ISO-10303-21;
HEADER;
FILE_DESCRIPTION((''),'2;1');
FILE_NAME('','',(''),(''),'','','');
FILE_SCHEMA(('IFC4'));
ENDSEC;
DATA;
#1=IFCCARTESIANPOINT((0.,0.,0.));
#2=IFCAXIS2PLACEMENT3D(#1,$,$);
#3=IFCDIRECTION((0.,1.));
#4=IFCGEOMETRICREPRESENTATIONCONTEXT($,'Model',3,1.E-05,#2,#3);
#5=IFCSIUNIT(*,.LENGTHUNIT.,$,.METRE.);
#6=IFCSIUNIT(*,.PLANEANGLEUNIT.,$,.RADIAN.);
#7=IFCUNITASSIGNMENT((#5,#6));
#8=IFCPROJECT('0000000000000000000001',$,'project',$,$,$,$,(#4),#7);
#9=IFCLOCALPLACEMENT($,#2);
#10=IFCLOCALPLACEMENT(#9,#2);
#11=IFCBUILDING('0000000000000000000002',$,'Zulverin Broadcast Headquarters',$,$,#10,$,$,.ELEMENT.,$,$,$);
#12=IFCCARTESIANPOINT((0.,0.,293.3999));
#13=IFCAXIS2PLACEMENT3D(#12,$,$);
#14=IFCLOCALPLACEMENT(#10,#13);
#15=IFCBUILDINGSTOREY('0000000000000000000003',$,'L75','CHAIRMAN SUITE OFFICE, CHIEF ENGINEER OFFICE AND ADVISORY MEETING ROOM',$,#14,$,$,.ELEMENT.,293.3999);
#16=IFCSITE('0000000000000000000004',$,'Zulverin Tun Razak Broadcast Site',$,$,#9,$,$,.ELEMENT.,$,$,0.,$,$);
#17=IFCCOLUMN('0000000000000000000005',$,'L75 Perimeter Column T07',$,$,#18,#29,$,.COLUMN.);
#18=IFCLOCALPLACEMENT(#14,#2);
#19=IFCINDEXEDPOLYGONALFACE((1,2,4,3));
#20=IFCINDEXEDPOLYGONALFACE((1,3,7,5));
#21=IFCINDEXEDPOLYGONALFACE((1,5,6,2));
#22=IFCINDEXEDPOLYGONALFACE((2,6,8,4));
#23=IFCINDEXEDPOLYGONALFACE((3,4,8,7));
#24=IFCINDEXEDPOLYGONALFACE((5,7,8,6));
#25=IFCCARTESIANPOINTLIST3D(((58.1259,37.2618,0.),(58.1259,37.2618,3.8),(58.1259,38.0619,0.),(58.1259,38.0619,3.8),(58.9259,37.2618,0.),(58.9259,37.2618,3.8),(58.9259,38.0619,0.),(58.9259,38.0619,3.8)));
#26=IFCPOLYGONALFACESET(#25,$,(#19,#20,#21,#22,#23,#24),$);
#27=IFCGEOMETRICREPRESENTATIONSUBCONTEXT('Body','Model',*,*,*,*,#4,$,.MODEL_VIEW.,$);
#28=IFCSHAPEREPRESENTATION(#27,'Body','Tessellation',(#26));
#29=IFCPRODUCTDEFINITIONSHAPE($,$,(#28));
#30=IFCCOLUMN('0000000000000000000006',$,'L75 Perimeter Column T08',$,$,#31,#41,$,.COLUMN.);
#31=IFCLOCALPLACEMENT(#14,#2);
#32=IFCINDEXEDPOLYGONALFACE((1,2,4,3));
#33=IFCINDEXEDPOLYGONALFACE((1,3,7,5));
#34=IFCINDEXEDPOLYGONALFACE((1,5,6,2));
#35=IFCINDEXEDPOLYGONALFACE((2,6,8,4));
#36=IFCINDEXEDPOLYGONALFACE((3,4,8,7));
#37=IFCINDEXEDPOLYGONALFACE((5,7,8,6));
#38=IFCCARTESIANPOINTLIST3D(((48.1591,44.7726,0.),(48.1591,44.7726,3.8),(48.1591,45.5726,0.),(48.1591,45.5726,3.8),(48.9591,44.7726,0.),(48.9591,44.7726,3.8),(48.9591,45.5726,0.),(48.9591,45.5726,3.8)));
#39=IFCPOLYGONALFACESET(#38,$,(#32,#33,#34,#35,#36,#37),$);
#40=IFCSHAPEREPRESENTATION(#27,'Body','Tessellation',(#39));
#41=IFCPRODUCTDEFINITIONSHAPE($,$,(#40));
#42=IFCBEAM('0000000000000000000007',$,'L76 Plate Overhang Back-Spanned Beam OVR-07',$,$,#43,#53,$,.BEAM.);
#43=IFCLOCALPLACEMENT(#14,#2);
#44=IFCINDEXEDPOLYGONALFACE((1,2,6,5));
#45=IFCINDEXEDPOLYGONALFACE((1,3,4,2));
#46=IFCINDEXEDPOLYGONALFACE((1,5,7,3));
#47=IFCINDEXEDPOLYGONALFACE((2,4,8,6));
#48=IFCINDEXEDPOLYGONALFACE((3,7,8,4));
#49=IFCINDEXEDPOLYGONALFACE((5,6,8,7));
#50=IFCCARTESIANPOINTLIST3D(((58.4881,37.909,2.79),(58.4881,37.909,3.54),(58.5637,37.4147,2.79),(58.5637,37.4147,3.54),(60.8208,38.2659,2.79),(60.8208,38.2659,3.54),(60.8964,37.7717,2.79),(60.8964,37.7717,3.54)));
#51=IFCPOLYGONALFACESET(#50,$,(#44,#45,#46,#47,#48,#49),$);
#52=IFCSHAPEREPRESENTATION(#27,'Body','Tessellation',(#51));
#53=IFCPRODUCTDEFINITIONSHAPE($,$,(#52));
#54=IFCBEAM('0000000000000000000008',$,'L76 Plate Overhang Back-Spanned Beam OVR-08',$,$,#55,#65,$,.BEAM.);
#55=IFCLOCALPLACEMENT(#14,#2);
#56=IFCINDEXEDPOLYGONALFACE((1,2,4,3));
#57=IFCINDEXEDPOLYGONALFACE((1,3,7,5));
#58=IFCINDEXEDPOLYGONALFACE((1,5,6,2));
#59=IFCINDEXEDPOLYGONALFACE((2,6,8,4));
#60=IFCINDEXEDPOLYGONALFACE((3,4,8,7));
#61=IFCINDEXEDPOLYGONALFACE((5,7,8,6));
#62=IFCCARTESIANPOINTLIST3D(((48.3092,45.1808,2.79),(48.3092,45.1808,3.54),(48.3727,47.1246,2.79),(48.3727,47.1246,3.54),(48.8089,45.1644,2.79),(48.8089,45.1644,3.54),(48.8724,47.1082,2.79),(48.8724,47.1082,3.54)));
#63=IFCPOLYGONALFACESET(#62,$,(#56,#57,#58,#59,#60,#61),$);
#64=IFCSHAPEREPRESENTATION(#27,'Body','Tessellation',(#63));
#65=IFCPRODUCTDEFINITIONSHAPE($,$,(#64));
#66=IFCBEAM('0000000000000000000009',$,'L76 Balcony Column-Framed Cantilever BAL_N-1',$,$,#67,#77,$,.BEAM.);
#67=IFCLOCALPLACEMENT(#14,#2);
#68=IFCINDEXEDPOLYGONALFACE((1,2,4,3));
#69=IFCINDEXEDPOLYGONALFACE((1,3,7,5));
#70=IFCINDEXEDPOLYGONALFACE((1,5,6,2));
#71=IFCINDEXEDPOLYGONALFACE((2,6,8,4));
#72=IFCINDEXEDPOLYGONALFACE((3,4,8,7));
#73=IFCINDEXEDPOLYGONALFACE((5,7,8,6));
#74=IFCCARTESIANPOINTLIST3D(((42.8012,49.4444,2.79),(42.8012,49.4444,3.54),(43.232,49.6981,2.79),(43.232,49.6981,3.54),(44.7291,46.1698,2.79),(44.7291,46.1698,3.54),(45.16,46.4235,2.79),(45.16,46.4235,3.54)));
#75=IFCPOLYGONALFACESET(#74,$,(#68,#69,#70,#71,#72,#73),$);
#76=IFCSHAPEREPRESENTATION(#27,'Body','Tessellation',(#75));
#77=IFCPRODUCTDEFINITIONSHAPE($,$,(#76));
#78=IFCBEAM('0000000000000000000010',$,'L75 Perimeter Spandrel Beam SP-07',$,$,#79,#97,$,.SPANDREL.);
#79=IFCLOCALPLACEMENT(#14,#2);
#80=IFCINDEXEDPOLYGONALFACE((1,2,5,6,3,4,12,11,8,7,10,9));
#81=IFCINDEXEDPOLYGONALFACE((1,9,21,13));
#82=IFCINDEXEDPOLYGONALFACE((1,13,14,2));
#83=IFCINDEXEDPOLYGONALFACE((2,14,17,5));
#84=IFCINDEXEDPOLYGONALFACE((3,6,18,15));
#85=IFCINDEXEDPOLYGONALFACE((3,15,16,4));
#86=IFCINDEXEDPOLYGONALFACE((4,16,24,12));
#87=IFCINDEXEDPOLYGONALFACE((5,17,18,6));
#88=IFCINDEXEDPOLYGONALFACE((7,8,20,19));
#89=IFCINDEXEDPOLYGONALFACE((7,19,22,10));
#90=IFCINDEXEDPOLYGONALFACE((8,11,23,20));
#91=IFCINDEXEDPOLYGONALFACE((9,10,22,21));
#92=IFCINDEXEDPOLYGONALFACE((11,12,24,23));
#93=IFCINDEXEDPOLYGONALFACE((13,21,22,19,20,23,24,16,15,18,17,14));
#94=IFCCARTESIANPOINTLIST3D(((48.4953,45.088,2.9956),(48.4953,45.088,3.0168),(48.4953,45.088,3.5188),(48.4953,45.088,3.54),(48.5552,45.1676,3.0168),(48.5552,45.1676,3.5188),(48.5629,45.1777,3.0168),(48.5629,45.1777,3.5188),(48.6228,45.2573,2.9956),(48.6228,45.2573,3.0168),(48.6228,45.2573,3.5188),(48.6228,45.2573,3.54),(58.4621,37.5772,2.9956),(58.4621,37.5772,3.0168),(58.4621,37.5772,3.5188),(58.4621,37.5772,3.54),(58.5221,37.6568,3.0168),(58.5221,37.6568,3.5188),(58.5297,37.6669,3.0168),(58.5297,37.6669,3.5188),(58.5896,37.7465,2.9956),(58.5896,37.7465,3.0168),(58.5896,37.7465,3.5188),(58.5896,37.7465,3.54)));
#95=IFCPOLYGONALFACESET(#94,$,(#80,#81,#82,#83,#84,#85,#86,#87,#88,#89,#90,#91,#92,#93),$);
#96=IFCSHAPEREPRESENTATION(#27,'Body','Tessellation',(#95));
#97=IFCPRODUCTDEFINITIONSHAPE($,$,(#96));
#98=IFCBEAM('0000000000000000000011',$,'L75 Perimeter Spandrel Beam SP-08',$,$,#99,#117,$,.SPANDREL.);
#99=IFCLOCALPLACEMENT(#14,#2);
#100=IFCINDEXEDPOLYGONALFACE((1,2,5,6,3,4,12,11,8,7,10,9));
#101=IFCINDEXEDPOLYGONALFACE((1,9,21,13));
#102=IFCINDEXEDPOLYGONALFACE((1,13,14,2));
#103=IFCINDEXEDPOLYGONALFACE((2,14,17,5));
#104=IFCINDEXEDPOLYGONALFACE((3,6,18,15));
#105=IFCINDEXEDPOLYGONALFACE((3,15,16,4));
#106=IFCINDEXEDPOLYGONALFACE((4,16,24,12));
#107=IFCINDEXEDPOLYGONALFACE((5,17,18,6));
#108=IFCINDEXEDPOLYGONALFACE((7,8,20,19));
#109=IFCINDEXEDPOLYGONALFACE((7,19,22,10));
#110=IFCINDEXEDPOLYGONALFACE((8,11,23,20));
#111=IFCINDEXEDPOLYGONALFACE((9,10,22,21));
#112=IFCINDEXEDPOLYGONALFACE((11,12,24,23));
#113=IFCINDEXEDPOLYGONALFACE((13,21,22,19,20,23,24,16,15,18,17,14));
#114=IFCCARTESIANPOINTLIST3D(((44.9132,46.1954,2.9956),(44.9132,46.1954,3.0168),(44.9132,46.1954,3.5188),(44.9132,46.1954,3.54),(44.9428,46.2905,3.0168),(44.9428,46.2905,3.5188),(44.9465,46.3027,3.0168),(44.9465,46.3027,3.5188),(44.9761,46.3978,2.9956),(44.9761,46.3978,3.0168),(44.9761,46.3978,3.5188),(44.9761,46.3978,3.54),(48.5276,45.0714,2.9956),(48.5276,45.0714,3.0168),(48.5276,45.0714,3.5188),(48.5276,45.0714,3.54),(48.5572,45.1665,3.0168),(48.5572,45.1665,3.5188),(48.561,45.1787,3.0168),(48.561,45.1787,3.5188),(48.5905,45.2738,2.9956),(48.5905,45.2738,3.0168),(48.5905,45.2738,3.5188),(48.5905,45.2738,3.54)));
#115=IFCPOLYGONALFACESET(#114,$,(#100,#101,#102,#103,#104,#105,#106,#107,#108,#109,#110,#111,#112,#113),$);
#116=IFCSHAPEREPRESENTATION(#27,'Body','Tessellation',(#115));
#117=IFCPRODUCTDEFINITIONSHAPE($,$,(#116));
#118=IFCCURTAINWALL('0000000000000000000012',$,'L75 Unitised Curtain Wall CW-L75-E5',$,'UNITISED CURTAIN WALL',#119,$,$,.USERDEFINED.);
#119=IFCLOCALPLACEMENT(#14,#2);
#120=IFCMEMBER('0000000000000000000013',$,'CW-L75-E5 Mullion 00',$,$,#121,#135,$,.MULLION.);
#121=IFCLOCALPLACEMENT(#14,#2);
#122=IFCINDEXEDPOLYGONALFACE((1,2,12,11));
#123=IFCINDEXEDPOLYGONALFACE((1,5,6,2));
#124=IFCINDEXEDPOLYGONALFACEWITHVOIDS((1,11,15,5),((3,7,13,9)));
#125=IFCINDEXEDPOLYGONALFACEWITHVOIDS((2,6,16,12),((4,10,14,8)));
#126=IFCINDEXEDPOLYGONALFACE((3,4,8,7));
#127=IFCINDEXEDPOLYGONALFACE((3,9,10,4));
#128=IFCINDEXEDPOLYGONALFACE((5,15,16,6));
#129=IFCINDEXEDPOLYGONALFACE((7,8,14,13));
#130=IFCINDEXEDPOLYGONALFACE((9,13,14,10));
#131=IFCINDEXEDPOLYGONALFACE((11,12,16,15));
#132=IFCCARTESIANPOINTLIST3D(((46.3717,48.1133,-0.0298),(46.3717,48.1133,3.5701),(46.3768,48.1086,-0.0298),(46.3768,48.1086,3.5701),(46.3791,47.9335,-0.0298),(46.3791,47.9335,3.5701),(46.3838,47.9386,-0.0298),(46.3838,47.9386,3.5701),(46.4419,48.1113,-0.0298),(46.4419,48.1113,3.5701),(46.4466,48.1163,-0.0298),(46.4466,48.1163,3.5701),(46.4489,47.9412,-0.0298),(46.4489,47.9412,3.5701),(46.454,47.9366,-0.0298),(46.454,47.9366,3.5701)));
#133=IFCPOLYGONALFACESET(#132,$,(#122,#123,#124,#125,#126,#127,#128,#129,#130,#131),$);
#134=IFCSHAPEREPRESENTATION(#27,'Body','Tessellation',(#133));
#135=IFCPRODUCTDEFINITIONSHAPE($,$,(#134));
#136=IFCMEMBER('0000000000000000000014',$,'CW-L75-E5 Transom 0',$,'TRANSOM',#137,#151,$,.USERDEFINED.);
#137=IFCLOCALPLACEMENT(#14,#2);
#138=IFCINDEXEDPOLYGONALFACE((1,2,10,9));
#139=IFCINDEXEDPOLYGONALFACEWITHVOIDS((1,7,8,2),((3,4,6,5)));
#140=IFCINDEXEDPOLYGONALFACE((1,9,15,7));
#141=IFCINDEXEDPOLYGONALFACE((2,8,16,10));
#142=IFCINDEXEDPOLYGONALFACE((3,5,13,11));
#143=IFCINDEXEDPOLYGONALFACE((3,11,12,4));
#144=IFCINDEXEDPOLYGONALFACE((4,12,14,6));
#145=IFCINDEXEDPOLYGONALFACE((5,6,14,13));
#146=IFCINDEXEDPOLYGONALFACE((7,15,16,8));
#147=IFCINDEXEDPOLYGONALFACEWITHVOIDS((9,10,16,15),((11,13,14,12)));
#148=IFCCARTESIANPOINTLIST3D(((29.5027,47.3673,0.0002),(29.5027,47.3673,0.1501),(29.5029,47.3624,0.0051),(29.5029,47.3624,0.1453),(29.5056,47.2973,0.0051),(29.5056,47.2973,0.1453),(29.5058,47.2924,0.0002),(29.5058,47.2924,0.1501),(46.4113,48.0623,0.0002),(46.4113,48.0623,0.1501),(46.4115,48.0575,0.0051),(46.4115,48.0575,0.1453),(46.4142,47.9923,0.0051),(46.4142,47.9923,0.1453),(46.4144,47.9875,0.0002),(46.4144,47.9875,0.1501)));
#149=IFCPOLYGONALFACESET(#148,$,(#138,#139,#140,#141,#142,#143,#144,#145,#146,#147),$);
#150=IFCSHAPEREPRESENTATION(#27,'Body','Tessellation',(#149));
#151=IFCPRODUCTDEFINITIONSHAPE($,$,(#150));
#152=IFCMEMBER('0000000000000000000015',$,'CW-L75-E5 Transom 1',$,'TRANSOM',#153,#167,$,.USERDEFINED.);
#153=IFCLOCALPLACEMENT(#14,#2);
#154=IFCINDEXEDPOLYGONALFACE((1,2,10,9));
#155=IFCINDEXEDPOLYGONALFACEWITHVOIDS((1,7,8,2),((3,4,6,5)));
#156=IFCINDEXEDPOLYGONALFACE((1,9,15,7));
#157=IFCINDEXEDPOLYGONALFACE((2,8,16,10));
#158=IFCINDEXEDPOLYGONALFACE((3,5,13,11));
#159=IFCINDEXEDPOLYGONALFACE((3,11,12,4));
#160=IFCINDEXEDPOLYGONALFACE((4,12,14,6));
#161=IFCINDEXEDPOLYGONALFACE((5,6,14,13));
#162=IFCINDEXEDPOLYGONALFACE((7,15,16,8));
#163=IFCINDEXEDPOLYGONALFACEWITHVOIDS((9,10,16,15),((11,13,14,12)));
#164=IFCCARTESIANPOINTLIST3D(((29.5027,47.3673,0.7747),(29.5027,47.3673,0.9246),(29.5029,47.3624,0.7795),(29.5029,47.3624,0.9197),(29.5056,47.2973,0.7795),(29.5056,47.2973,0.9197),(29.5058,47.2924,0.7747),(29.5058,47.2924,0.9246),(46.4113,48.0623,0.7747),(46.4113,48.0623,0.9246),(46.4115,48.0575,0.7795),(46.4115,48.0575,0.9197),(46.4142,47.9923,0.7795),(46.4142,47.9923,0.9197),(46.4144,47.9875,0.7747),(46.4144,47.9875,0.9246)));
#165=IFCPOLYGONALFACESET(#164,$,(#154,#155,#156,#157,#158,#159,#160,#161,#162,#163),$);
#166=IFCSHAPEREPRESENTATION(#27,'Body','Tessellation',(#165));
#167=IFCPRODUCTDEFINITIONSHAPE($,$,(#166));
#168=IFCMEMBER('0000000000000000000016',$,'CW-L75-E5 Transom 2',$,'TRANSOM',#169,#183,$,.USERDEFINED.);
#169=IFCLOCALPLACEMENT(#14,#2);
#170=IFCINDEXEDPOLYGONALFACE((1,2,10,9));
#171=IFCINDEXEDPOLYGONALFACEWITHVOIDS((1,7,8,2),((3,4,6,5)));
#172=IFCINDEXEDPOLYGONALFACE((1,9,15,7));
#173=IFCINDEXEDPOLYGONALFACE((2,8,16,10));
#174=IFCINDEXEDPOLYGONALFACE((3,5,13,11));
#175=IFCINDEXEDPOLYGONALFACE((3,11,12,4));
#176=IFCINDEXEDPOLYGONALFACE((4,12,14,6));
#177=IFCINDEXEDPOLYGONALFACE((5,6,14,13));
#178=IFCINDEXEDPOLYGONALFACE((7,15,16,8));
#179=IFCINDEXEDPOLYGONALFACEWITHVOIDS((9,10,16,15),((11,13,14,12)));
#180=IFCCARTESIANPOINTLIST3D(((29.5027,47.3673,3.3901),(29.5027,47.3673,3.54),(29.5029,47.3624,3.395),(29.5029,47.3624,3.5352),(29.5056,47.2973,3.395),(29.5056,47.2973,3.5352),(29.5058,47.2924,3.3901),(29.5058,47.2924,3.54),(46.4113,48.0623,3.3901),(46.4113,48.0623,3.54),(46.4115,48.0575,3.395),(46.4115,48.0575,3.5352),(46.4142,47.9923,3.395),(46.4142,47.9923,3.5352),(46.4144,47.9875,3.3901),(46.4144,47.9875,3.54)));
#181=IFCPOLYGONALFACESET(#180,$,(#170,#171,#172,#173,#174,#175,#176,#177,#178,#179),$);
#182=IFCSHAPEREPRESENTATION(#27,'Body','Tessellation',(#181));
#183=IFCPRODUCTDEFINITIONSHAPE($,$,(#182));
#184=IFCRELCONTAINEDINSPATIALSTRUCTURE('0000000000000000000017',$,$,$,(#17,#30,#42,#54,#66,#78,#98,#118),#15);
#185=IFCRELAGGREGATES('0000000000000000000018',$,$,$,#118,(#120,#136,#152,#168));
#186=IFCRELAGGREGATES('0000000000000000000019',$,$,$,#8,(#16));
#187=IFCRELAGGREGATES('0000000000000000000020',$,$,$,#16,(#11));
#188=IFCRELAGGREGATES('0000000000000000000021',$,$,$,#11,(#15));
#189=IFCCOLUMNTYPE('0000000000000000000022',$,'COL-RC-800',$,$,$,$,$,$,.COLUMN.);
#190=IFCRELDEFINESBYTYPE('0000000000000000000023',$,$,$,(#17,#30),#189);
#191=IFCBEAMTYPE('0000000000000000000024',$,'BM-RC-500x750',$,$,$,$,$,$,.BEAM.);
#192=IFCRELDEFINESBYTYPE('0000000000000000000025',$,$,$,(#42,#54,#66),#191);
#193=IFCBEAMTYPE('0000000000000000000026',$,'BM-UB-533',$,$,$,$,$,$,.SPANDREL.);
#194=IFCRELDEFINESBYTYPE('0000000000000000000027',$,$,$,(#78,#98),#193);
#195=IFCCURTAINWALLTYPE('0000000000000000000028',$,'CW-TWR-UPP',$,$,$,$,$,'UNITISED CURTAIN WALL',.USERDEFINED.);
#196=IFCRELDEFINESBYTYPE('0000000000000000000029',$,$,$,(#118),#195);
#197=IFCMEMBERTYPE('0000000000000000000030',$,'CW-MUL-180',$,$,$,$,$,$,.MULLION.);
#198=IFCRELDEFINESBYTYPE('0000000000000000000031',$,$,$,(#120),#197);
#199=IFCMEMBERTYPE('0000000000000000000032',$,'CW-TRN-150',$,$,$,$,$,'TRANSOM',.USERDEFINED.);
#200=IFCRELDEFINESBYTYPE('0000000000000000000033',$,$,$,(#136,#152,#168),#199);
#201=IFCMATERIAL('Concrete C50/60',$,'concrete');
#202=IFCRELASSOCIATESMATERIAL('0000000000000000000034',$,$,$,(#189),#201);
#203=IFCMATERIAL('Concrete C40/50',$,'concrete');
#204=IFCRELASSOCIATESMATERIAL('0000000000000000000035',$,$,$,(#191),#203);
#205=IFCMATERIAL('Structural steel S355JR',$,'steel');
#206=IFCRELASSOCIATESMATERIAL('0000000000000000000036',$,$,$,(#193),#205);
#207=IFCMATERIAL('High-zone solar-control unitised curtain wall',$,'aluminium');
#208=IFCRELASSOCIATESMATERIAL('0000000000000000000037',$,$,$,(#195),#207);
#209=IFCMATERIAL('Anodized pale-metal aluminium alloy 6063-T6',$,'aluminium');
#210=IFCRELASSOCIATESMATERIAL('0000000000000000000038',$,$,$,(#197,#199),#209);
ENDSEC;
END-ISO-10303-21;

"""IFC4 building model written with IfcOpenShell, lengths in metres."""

from ifc_helpers import new_model, si_unit, direction, frame, origin, origin_2d, place, context, subcontext, project, spatial, rectangle, hollow_rectangle, i_section, extrude, material, material_profile, profile_set, type_object, element, aggregate, save


model = new_model("IFC4")

# Units and contexts
model_context = context("Model", 3, precision=1e-05, world=origin(), true_north=direction((0.0, 1.0)))
body_context = subcontext(model_context, "Body", "Model", "MODEL_VIEW")
ifc_project = project(units=[si_unit("LENGTHUNIT", "METRE"), si_unit("PLANEANGLEUNIT", "RADIAN")], contexts=[model_context])

# Site, building, storey
site_placement = place(None, origin())
site = spatial("IfcSite", under=ifc_project, at=site_placement, Name="Zulverin Tun Razak Broadcast Site", CompositionType="ELEMENT", RefElevation=0.0)
building_placement = place(site_placement, origin())
building = spatial("IfcBuilding", under=site, at=building_placement, Name="Zulverin Broadcast Headquarters", CompositionType="ELEMENT")
storey_placement = place(building_placement, frame((0.0, 0.0, 293.3999)))
storey = spatial("IfcBuildingStorey", under=building, at=storey_placement, Name="L75", Description="CHAIRMAN SUITE OFFICE, CHIEF ENGINEER OFFICE AND ADVISORY MEETING ROOM", CompositionType="ELEMENT", Elevation=293.3999)

# Columns
ifc_material_1 = material(Name="Concrete C50/60", Category="concrete")
ifc_material_profile_1 = material_profile(ifc_material_1, rectangle(XDim=0.8, YDim=0.8, at=origin_2d()), Name="Concrete C50/60", Category="concrete")
ifc_profile_set_1 = profile_set([ifc_material_profile_1], Name="Concrete C50/60")
column_type = type_object("IfcColumnType", Name="COL-RC-800", PredefinedType="COLUMN", material=ifc_profile_set_1)
for number, where, z_axis, x_axis, name in (
    (1, (58.5259, 37.6619, 0.0), (0.0, 0.0, 1.0), (1.0, 0.0, 0.0), "L75 Perimeter Column T07"),
    (2, (48.5591, 45.1726, 0.0), (0.0, 0.0, 1.0), (1.0, 0.0, 0.0), "L75 Perimeter Column T08"),
):
    element("IfcColumn", number, at=place(storey_placement, frame(where, z_axis=z_axis, x_axis=x_axis)), inside=storey, type_object=column_type, Name=name, PredefinedType="COLUMN", context=body_context, shape_type="SweptSolid", body=[
        extrude(rectangle(XDim=0.8, YDim=0.8, at=origin_2d()), origin(), (0.0, 0.0, 1.0), 3.8),
    ])

# Beams
ifc_material_2 = material(Name="Concrete C40/50", Category="concrete")
ifc_material_profile_2 = material_profile(ifc_material_2, rectangle(XDim=0.5, YDim=0.75, at=origin_2d()), Name="Concrete C40/50", Category="concrete")
ifc_profile_set_2 = profile_set([ifc_material_profile_2], Name="Concrete C40/50")
beam_type_1 = type_object("IfcBeamType", Name="BM-RC-500x750", PredefinedType="BEAM", material=ifc_profile_set_2)
beam_1_placement = place(storey_placement, frame((58.5259, 37.6619, 3.165), z_axis=(0.988496, 0.151249, 0.0), x_axis=(-0.151249, 0.988496, 0.0)))
element("IfcBeam", 3, at=beam_1_placement, inside=storey, type_object=beam_type_1, Name="L76 Plate Overhang Back-Spanned Beam OVR-07", PredefinedType="BEAM", context=body_context, shape_type="SweptSolid", body=[
    extrude(rectangle(XDim=0.5, YDim=0.75, at=origin_2d()), origin(), (0.0, 0.0, 1.0), 2.3599),
])
beam_2_placement = place(storey_placement, frame((48.5591, 45.1726, 3.165), z_axis=(0.032638, 0.999467, 0.0), x_axis=(-0.999467, 0.032638, 0.0)))
element("IfcBeam", 4, at=beam_2_placement, inside=storey, type_object=beam_type_1, Name="L76 Plate Overhang Back-Spanned Beam OVR-08", PredefinedType="BEAM", context=body_context, shape_type="SweptSolid", body=[
    extrude(rectangle(XDim=0.5, YDim=0.75, at=origin_2d()), origin(), (0.0, 0.0, 1.0), 1.9448),
])
beam_3_placement = place(storey_placement, frame((44.9446, 46.2966, 3.165), z_axis=(-0.507354, 0.861738, 0.0), x_axis=(-0.861738, -0.507354, 0.0)))
element("IfcBeam", 5, at=beam_3_placement, inside=storey, type_object=beam_type_1, Name="L76 Balcony Column-Framed Cantilever BAL_N-1", PredefinedType="BEAM", context=body_context, shape_type="SweptSolid", body=[
    extrude(rectangle(XDim=0.5, YDim=0.75, at=origin_2d()), origin(), (0.0, 0.0, 1.0), 3.8),
])
ifc_material_3 = material(Name="Structural steel S355JR", Category="steel")
ifc_material_profile_3 = material_profile(ifc_material_3, i_section(OverallWidth=0.2119, OverallDepth=0.5444, WebThickness=0.0127, FlangeThickness=0.0212, at=origin_2d()), Name="Structural steel S355JR", Category="steel")
ifc_profile_set_3 = profile_set([ifc_material_profile_3], Name="Structural steel S355JR")
beam_type_2 = type_object("IfcBeamType", Name="BM-UB-533", PredefinedType="SPANDREL", material=ifc_profile_set_3)
beam_4_placement = place(storey_placement, frame((58.5259, 37.6619, 3.2678), z_axis=(-0.798627, 0.601826, 0.0), x_axis=(-0.601826, -0.798627, 0.0)))
element("IfcBeam", 6, at=beam_4_placement, inside=storey, type_object=beam_type_2, Name="L75 Perimeter Spandrel Beam SP-07", PredefinedType="SPANDREL", context=body_context, shape_type="SweptSolid", body=[
    extrude(i_section(OverallWidth=0.2119, OverallDepth=0.5444, WebThickness=0.0127, FlangeThickness=0.0212, at=origin_2d()), origin(), (0.0, 0.0, 1.0), 12.48),
])
beam_5_placement = place(storey_placement, frame((48.5591, 45.1726, 3.2678), z_axis=(-0.954893, 0.296949, 0.0), x_axis=(-0.296949, -0.954893, 0.0)))
element("IfcBeam", 7, at=beam_5_placement, inside=storey, type_object=beam_type_2, Name="L75 Perimeter Spandrel Beam SP-08", PredefinedType="SPANDREL", context=body_context, shape_type="SweptSolid", body=[
    extrude(i_section(OverallWidth=0.2119, OverallDepth=0.5444, WebThickness=0.0127, FlangeThickness=0.0212, at=origin_2d()), origin(), (0.0, 0.0, 1.0), 3.7852),
])

# Curtain wall, members
ifc_material_4 = material(Name="High-zone solar-control unitised curtain wall", Category="aluminium")
curtain_wall_type = type_object("IfcCurtainWallType", Name="CW-TWR-UPP", ElementType="UNITISED CURTAIN WALL", PredefinedType="USERDEFINED", material=ifc_material_4)
curtain_wall_placement = place(storey_placement, origin())
curtain_wall = element("IfcCurtainWall", 8, at=curtain_wall_placement, inside=storey, type_object=curtain_wall_type, Name="L75 Unitised Curtain Wall CW-L75-E5", ObjectType="UNITISED CURTAIN WALL", PredefinedType="USERDEFINED")
ifc_material_5 = material(Name="Anodized pale-metal aluminium alloy 6063-T6", Category="aluminium")
ifc_material_profile_4 = material_profile(ifc_material_5, hollow_rectangle(XDim=0.075, YDim=0.1799, WallThickness=0.0049, at=origin_2d()), Name="Anodized pale-metal aluminium alloy 6063-T6", Category="aluminium")
ifc_profile_set_4 = profile_set([ifc_material_profile_4], Name="Anodized pale-metal aluminium alloy 6063-T6")
member_type_1 = type_object("IfcMemberType", Name="CW-MUL-180", PredefinedType="MULLION", material=ifc_profile_set_4)
member_1_placement = place(storey_placement, frame((46.4128, 48.0249, -0.0298), z_axis=(0.0, 0.0, 1.0), x_axis=(-0.999156, -0.041068, 0.0)))
member_1 = element("IfcMember", 9, at=member_1_placement, type_object=member_type_1, Name="CW-L75-E5 Mullion 00", PredefinedType="MULLION", context=body_context, shape_type="SweptSolid", body=[
    extrude(hollow_rectangle(XDim=0.075, YDim=0.1799, WallThickness=0.0049, at=origin_2d()), origin(), (0.0, 0.0, 1.0), 3.5999),
])
ifc_material_profile_5 = material_profile(ifc_material_5, hollow_rectangle(XDim=0.075, YDim=0.1499, WallThickness=0.0049, at=origin_2d()), Name="Anodized pale-metal aluminium alloy 6063-T6", Category="aluminium")
ifc_profile_set_5 = profile_set([ifc_material_profile_5], Name="Anodized pale-metal aluminium alloy 6063-T6")
member_type_2 = type_object("IfcMemberType", Name="CW-TRN-150", ElementType="TRANSOM", PredefinedType="USERDEFINED", material=ifc_profile_set_5)
member_2_placement = place(storey_placement, frame((46.4128, 48.0249, 0.0752), z_axis=(-0.999156, -0.041072, 0.0), x_axis=(0.041072, -0.999156, 0.0)))
member_2 = element("IfcMember", 10, at=member_2_placement, type_object=member_type_2, Name="CW-L75-E5 Transom 0", ObjectType="TRANSOM", PredefinedType="USERDEFINED", context=body_context, shape_type="SweptSolid", body=[
    extrude(hollow_rectangle(XDim=0.075, YDim=0.1499, WallThickness=0.0049, at=origin_2d()), origin(), (0.0, 0.0, 1.0), 16.9229),
])
member_3_placement = place(storey_placement, frame((46.4128, 48.0249, 0.8496), z_axis=(-0.999156, -0.041072, 0.0), x_axis=(0.041072, -0.999156, 0.0)))
member_3 = element("IfcMember", 11, at=member_3_placement, type_object=member_type_2, Name="CW-L75-E5 Transom 1", ObjectType="TRANSOM", PredefinedType="USERDEFINED", context=body_context, shape_type="SweptSolid", body=[
    extrude(hollow_rectangle(XDim=0.075, YDim=0.1499, WallThickness=0.0049, at=origin_2d()), origin(), (0.0, 0.0, 1.0), 16.9229),
])
member_4_placement = place(storey_placement, frame((46.4128, 48.0249, 3.4651), z_axis=(-0.999156, -0.041072, 0.0), x_axis=(0.041072, -0.999156, 0.0)))
member_4 = element("IfcMember", 12, at=member_4_placement, type_object=member_type_2, Name="CW-L75-E5 Transom 2", ObjectType="TRANSOM", PredefinedType="USERDEFINED", context=body_context, shape_type="SweptSolid", body=[
    extrude(hollow_rectangle(XDim=0.075, YDim=0.1499, WallThickness=0.0049, at=origin_2d()), origin(), (0.0, 0.0, 1.0), 16.9229),
])
aggregate(curtain_wall, [member_1, member_2, member_3, member_4])

save(model, "model.ifc")
